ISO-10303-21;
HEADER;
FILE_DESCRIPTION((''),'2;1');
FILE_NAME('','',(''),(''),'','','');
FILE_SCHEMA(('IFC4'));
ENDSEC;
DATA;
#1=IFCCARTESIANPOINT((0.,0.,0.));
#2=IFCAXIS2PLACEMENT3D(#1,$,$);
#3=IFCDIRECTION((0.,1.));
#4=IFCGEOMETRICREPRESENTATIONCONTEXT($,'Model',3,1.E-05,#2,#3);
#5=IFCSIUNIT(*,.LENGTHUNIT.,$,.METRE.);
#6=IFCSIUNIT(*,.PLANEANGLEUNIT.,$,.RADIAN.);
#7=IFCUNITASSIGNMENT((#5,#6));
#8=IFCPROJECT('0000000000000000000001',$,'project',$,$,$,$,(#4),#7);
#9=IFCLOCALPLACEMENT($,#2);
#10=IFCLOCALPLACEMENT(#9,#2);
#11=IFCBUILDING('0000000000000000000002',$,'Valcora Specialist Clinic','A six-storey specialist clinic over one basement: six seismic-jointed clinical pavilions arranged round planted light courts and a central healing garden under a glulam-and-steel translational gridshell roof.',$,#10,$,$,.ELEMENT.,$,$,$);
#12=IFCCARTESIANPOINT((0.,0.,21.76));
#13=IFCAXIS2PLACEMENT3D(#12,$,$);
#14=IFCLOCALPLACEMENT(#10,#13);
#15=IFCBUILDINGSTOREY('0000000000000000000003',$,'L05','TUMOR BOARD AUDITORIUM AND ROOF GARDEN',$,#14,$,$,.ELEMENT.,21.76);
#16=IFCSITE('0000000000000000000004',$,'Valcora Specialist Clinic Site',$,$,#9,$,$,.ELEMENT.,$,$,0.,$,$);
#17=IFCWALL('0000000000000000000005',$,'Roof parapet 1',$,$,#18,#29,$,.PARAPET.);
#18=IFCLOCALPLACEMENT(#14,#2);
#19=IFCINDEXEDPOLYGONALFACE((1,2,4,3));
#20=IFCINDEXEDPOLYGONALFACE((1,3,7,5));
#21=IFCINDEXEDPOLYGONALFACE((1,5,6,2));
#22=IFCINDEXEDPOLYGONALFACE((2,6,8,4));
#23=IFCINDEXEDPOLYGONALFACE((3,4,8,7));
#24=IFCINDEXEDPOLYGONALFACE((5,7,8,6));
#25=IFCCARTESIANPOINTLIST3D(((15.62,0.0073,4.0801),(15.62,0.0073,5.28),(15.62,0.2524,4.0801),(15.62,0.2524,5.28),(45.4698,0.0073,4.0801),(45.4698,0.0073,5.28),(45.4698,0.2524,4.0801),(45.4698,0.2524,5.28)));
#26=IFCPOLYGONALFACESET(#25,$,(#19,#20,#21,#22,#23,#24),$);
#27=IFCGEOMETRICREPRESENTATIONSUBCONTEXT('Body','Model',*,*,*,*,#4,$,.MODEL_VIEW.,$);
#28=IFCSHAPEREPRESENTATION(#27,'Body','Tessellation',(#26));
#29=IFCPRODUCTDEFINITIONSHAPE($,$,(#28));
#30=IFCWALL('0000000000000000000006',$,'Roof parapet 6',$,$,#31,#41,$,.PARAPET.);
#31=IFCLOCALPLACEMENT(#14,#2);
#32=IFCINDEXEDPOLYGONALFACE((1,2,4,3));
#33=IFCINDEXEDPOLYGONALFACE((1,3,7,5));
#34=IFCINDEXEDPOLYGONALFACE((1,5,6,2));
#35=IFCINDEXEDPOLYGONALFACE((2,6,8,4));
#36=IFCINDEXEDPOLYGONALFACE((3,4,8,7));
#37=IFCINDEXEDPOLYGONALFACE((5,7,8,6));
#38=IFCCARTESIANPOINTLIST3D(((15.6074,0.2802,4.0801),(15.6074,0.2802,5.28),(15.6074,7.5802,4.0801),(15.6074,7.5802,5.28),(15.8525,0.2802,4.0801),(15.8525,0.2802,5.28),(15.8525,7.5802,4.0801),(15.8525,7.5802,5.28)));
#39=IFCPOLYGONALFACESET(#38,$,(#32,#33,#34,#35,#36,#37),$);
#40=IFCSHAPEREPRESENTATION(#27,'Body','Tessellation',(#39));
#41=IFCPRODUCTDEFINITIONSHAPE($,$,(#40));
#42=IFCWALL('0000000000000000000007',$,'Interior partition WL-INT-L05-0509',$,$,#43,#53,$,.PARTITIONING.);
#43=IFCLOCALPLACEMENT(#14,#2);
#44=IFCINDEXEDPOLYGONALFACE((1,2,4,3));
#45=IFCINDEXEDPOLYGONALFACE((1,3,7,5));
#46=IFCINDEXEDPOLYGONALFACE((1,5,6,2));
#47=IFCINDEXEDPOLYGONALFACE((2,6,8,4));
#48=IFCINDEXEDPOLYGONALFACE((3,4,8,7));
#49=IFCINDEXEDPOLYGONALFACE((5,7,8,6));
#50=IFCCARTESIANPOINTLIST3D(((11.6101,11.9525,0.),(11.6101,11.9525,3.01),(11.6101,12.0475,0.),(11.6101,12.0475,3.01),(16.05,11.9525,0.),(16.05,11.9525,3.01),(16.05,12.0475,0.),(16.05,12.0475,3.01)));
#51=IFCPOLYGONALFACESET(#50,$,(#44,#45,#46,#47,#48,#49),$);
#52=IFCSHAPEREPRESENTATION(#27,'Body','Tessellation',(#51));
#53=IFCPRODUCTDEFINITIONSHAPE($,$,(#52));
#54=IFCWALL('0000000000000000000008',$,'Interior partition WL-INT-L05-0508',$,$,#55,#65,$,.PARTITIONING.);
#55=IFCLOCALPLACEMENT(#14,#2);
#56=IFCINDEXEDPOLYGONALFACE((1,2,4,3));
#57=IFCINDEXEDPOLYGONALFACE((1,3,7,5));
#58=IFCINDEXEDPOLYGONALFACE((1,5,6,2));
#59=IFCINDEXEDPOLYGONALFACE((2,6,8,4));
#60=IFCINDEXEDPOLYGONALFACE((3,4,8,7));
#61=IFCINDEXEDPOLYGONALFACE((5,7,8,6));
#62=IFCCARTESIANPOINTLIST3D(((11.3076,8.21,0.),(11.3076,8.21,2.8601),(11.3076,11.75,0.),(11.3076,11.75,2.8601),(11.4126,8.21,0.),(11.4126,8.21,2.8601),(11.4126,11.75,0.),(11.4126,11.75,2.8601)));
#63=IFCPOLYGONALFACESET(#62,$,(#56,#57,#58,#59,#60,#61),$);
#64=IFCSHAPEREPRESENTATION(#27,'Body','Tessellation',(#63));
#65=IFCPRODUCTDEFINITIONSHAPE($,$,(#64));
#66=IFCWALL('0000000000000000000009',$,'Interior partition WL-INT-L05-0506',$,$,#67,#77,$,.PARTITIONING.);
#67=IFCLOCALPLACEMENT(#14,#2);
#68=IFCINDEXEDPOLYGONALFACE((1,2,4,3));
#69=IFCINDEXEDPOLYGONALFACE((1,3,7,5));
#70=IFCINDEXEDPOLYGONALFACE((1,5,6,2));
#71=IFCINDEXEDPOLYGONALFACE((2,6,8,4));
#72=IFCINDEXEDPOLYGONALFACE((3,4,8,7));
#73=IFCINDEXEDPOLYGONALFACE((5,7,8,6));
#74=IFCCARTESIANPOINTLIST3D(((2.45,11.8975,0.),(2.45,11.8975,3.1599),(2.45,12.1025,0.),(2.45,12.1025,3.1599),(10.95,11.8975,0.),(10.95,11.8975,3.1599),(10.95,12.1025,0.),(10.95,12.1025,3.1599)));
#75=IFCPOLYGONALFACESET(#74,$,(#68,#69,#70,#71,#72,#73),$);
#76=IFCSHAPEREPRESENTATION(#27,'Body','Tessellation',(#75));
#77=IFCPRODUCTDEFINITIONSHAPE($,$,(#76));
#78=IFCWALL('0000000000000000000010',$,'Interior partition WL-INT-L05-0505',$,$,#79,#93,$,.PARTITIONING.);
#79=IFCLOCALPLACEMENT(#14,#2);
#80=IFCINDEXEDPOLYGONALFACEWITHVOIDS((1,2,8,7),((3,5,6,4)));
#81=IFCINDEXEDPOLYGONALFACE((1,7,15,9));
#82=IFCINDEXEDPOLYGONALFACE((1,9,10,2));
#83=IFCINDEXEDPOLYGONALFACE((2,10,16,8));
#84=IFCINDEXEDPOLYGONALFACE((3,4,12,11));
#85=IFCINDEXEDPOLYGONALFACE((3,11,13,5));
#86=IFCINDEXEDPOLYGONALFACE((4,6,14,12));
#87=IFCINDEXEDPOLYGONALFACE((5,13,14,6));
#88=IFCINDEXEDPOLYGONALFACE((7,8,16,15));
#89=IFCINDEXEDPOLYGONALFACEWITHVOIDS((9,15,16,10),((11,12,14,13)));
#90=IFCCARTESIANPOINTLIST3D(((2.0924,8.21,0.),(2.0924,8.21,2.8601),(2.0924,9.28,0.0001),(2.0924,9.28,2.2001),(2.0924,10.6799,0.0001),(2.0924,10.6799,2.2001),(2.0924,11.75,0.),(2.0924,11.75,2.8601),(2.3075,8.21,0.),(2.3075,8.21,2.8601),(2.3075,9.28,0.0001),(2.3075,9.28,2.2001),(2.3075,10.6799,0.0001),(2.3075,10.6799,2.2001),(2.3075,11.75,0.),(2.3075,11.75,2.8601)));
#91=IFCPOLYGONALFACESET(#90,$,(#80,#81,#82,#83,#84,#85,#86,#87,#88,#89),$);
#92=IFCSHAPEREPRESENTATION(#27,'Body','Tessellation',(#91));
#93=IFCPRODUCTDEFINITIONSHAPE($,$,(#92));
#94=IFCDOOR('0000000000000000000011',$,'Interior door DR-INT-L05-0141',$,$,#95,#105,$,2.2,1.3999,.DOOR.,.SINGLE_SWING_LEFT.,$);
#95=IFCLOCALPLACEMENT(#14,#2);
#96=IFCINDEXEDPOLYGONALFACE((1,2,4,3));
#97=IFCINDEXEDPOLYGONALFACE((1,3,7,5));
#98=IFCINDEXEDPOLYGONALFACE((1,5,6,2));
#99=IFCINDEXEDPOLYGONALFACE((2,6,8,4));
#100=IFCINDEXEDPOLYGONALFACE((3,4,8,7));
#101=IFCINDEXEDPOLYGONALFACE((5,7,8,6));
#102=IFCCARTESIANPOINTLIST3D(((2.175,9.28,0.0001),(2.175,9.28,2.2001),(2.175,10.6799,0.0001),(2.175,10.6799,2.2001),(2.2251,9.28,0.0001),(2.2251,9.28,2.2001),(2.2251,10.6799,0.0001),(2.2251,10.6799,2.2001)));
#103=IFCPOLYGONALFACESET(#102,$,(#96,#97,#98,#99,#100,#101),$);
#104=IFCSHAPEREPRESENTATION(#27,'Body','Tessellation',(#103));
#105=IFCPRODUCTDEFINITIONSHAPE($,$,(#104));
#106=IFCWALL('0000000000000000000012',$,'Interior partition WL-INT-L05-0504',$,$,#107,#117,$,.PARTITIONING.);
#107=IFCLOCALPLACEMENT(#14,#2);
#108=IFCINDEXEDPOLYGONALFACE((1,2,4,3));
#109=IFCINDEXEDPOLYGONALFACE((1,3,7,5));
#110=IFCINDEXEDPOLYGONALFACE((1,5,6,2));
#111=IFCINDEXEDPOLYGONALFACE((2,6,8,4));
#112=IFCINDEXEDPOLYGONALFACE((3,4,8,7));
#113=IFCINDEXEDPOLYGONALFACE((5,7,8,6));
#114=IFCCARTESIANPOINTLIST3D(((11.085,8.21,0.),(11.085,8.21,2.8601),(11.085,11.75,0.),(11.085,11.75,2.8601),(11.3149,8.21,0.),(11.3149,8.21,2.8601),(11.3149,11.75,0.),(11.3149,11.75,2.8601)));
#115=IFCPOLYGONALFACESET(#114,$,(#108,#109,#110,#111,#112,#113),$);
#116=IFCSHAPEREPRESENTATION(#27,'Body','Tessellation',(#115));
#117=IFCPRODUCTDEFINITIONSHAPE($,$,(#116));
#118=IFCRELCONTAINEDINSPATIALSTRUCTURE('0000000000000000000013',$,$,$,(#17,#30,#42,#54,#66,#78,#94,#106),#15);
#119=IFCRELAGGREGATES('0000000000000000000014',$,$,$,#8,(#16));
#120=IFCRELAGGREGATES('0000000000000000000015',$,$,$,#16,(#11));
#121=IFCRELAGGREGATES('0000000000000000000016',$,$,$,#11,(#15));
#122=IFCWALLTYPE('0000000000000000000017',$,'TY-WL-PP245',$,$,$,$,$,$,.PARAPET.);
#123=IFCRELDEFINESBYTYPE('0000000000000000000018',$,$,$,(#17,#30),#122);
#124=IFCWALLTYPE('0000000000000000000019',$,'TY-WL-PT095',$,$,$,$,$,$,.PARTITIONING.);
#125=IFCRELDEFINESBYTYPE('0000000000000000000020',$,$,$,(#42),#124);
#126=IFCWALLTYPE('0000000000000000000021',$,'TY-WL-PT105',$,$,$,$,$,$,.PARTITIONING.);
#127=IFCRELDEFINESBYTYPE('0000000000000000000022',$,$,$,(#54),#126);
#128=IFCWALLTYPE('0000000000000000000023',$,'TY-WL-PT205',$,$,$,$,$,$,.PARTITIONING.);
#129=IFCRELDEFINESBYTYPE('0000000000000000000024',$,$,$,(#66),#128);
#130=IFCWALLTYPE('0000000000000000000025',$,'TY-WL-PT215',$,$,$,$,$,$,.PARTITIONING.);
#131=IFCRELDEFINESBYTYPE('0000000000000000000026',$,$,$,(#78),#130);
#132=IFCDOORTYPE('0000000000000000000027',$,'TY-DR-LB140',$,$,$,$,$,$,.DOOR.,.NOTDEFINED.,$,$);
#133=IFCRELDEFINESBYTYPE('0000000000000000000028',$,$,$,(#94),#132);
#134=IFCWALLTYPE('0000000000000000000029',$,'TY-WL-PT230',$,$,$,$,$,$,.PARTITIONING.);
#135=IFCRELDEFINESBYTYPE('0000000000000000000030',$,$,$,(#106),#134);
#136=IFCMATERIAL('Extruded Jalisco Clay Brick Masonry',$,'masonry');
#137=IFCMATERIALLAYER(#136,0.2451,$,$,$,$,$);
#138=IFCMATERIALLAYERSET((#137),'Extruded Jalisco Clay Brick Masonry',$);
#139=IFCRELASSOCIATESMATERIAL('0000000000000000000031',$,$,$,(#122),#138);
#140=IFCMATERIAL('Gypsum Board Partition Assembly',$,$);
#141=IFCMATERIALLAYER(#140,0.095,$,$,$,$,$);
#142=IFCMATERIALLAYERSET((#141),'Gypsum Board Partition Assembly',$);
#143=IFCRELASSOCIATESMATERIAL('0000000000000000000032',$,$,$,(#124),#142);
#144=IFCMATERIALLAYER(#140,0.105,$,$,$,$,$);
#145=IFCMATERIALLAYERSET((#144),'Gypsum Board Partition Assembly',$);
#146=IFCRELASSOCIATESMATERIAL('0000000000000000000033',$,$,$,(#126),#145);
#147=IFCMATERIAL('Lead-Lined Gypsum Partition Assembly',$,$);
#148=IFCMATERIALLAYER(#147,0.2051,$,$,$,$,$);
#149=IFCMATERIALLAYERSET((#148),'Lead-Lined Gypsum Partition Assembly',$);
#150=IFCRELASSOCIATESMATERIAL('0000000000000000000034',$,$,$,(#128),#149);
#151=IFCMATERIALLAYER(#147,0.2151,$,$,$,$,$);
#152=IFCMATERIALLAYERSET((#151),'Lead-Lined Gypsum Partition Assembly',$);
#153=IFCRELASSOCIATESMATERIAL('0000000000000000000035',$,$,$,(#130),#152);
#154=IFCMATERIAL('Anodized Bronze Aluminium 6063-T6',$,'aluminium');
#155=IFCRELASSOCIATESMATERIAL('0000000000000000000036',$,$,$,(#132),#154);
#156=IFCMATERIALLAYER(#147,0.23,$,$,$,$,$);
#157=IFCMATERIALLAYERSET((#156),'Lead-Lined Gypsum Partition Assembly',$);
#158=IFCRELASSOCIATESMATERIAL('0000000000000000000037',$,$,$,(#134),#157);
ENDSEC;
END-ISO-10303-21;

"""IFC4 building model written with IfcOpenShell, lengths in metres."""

from ifc_helpers import new_model, si_unit, direction, frame, frame_2d, origin, place, context, subcontext, project, spatial, rectangle, extrude, material, layer, layer_set, type_object, element, fill, save


model = new_model("IFC4")

# Units and contexts
model_context = context("Model", 3, precision=1e-05, world=origin(), true_north=direction((0.0, 1.0)))
body_context = subcontext(model_context, "Body", "Model", "MODEL_VIEW")
ifc_project = project(units=[si_unit("LENGTHUNIT", "METRE"), si_unit("PLANEANGLEUNIT", "RADIAN")], contexts=[model_context])

# Site, building, storey
site_placement = place(None, origin())
site = spatial("IfcSite", under=ifc_project, at=site_placement, Name="Valcora Specialist Clinic Site", CompositionType="ELEMENT", RefElevation=0.0)
building_placement = place(site_placement, origin())
building = spatial("IfcBuilding", under=site, at=building_placement, Name="Valcora Specialist Clinic", Description="A six-storey specialist clinic over one basement: six seismic-jointed clinical pavilions arranged round planted light courts and a central healing garden under a glulam-and-steel translational gridshell roof.", CompositionType="ELEMENT")
storey_placement = place(building_placement, frame((0.0, 0.0, 21.76)))
storey = spatial("IfcBuildingStorey", under=building, at=storey_placement, Name="L05", Description="TUMOR BOARD AUDITORIUM AND ROOF GARDEN", CompositionType="ELEMENT", Elevation=21.76)

# Walls
ifc_material_1 = material(Name="Extruded Jalisco Clay Brick Masonry", Category="masonry")
ifc_layer_1 = layer(ifc_material_1, 0.2451)
ifc_layer_set_1 = layer_set([ifc_layer_1], Name="Extruded Jalisco Clay Brick Masonry")
wall_type_1 = type_object("IfcWallType", Name="TY-WL-PP245", PredefinedType="PARAPET", material=ifc_layer_set_1)
wall_1_placement = place(storey_placement, frame((15.6201, 0.1299, 4.0801), z_axis=(0.0, 0.0, 1.0), x_axis=(1.0, 0.0, 0.0)))
element("IfcWall", 1, at=wall_1_placement, inside=storey, type_object=wall_type_1, Name="Roof parapet 1", PredefinedType="PARAPET", context=body_context, shape_type="SweptSolid", body=[
    extrude(rectangle(XDim=29.8499, YDim=0.2451, at=frame_2d((14.9248, 0.0))), origin(), (0.0, 0.0, 1.0), 1.2),
])
wall_2_placement = place(storey_placement, frame((15.73, 7.5801, 4.0801), z_axis=(0.0, 0.0, 1.0), x_axis=(0.0, -1.0, 0.0)))
element("IfcWall", 2, at=wall_2_placement, inside=storey, type_object=wall_type_1, Name="Roof parapet 6", PredefinedType="PARAPET", context=body_context, shape_type="SweptSolid", body=[
    extrude(rectangle(XDim=7.3, YDim=0.2451, at=frame_2d((3.6499, 0.0))), origin(), (0.0, 0.0, 1.0), 1.2),
])
ifc_material_2 = material(Name="Gypsum Board Partition Assembly")
ifc_layer_2 = layer(ifc_material_2, 0.095)
ifc_layer_set_2 = layer_set([ifc_layer_2], Name="Gypsum Board Partition Assembly")
wall_type_2 = type_object("IfcWallType", Name="TY-WL-PT095", PredefinedType="PARTITIONING", material=ifc_layer_set_2)
wall_3_placement = place(storey_placement, frame((11.6101, 12.0, 0.0), z_axis=(0.0, 0.0, 1.0), x_axis=(1.0, 0.0, 0.0)))
element("IfcWall", 3, at=wall_3_placement, inside=storey, type_object=wall_type_2, Name="Interior partition WL-INT-L05-0509", PredefinedType="PARTITIONING", context=body_context, shape_type="SweptSolid", body=[
    extrude(rectangle(XDim=4.4399, YDim=0.095, at=frame_2d((2.22, 0.0))), origin(), (0.0, 0.0, 1.0), 3.01),
])
ifc_layer_3 = layer(ifc_material_2, 0.105)
ifc_layer_set_3 = layer_set([ifc_layer_3], Name="Gypsum Board Partition Assembly")
wall_type_3 = type_object("IfcWallType", Name="TY-WL-PT105", PredefinedType="PARTITIONING", material=ifc_layer_set_3)
wall_4_placement = place(storey_placement, frame((11.3601, 8.21, 0.0), z_axis=(0.0, 0.0, 1.0), x_axis=(0.0, 1.0, 0.0)))
element("IfcWall", 4, at=wall_4_placement, inside=storey, type_object=wall_type_3, Name="Interior partition WL-INT-L05-0508", PredefinedType="PARTITIONING", context=body_context, shape_type="SweptSolid", body=[
    extrude(rectangle(XDim=3.54, YDim=0.105, at=frame_2d((1.77, 0.0))), origin(), (0.0, 0.0, 1.0), 2.8601),
])

# Wall
ifc_material_3 = material(Name="Lead-Lined Gypsum Partition Assembly")
ifc_layer_4 = layer(ifc_material_3, 0.2051)
ifc_layer_set_4 = layer_set([ifc_layer_4], Name="Lead-Lined Gypsum Partition Assembly")
wall_type_4 = type_object("IfcWallType", Name="TY-WL-PT205", PredefinedType="PARTITIONING", material=ifc_layer_set_4)
wall_5_placement = place(storey_placement, frame((2.45, 12.0, 0.0), z_axis=(0.0, 0.0, 1.0), x_axis=(1.0, 0.0, 0.0)))
element("IfcWall", 5, at=wall_5_placement, inside=storey, type_object=wall_type_4, Name="Interior partition WL-INT-L05-0506", PredefinedType="PARTITIONING", context=body_context, shape_type="SweptSolid", body=[
    extrude(rectangle(XDim=8.5, YDim=0.2051, at=frame_2d((4.25, 0.0))), origin(), (0.0, 0.0, 1.0), 3.1599),
])

# Wall, opening, door
ifc_layer_5 = layer(ifc_material_3, 0.2151)
ifc_layer_set_5 = layer_set([ifc_layer_5], Name="Lead-Lined Gypsum Partition Assembly")
wall_type_5 = type_object("IfcWallType", Name="TY-WL-PT215", PredefinedType="PARTITIONING", material=ifc_layer_set_5)
wall_6_placement = place(storey_placement, frame((2.2, 8.21, 0.0), z_axis=(0.0, 0.0, 1.0), x_axis=(0.0, 1.0, 0.0)))
wall_6 = element("IfcWall", 6, at=wall_6_placement, inside=storey, type_object=wall_type_5, Name="Interior partition WL-INT-L05-0505", PredefinedType="PARTITIONING", context=body_context, shape_type="SweptSolid", body=[
    extrude(rectangle(XDim=3.54, YDim=0.2151, at=frame_2d((1.77, 0.0))), origin(), (0.0, 0.0, 1.0), 2.8601),
])
opening_1_placement = place(wall_6_placement, frame((1.0701, 0.0, 0.0)))
opening_1 = element("IfcOpeningElement", 7, at=opening_1_placement, cuts=wall_6, PredefinedType="OPENING", context=body_context, shape_type="SweptSolid", body=[
    extrude(rectangle(XDim=1.3999, YDim=2.2, at=frame_2d((0.7, 1.1001))), frame((0.0, 0.1174, 0.0), z_axis=(0.0, -1.0, 0.0), x_axis=(1.0, 0.0, 0.0)), (0.0, 0.0, 1.0), 0.2351),
])
ifc_material_4 = material(Name="Anodized Bronze Aluminium 6063-T6", Category="aluminium")
door_type_1 = type_object("IfcDoorType", Name="TY-DR-LB140", OperationType="NOTDEFINED", PredefinedType="DOOR", material=ifc_material_4)
door_1_placement = place(opening_1_placement, origin())
door_1 = element("IfcDoor", 8, at=door_1_placement, inside=storey, type_object=door_type_1, Name="Interior door DR-INT-L05-0141", OperationType="SINGLE_SWING_LEFT", OverallHeight=2.2, OverallWidth=1.3999, PredefinedType="DOOR", context=body_context, shape_type="SweptSolid", body=[
    extrude(rectangle(XDim=1.3999, YDim=2.2, at=frame_2d((0.7, 1.1001))), frame((0.0, 0.0249, 0.0), z_axis=(0.0, -1.0, 0.0), x_axis=(1.0, 0.0, 0.0)), (0.0, 0.0, 1.0), 0.05),
])
fill(opening_1, door_1)

# Wall
ifc_layer_6 = layer(ifc_material_3, 0.23)
ifc_layer_set_6 = layer_set([ifc_layer_6], Name="Lead-Lined Gypsum Partition Assembly")
wall_type_6 = type_object("IfcWallType", Name="TY-WL-PT230", PredefinedType="PARTITIONING", material=ifc_layer_set_6)
wall_7_placement = place(storey_placement, frame((11.2, 11.75, 0.0), z_axis=(0.0, 0.0, 1.0), x_axis=(0.0, -1.0, 0.0)))
element("IfcWall", 9, at=wall_7_placement, inside=storey, type_object=wall_type_6, Name="Interior partition WL-INT-L05-0504", PredefinedType="PARTITIONING", context=body_context, shape_type="SweptSolid", body=[
    extrude(rectangle(XDim=3.54, YDim=0.23, at=frame_2d((1.77, 0.0))), origin(), (0.0, 0.0, 1.0), 2.8601),
])

save(model, "model.ifc")
